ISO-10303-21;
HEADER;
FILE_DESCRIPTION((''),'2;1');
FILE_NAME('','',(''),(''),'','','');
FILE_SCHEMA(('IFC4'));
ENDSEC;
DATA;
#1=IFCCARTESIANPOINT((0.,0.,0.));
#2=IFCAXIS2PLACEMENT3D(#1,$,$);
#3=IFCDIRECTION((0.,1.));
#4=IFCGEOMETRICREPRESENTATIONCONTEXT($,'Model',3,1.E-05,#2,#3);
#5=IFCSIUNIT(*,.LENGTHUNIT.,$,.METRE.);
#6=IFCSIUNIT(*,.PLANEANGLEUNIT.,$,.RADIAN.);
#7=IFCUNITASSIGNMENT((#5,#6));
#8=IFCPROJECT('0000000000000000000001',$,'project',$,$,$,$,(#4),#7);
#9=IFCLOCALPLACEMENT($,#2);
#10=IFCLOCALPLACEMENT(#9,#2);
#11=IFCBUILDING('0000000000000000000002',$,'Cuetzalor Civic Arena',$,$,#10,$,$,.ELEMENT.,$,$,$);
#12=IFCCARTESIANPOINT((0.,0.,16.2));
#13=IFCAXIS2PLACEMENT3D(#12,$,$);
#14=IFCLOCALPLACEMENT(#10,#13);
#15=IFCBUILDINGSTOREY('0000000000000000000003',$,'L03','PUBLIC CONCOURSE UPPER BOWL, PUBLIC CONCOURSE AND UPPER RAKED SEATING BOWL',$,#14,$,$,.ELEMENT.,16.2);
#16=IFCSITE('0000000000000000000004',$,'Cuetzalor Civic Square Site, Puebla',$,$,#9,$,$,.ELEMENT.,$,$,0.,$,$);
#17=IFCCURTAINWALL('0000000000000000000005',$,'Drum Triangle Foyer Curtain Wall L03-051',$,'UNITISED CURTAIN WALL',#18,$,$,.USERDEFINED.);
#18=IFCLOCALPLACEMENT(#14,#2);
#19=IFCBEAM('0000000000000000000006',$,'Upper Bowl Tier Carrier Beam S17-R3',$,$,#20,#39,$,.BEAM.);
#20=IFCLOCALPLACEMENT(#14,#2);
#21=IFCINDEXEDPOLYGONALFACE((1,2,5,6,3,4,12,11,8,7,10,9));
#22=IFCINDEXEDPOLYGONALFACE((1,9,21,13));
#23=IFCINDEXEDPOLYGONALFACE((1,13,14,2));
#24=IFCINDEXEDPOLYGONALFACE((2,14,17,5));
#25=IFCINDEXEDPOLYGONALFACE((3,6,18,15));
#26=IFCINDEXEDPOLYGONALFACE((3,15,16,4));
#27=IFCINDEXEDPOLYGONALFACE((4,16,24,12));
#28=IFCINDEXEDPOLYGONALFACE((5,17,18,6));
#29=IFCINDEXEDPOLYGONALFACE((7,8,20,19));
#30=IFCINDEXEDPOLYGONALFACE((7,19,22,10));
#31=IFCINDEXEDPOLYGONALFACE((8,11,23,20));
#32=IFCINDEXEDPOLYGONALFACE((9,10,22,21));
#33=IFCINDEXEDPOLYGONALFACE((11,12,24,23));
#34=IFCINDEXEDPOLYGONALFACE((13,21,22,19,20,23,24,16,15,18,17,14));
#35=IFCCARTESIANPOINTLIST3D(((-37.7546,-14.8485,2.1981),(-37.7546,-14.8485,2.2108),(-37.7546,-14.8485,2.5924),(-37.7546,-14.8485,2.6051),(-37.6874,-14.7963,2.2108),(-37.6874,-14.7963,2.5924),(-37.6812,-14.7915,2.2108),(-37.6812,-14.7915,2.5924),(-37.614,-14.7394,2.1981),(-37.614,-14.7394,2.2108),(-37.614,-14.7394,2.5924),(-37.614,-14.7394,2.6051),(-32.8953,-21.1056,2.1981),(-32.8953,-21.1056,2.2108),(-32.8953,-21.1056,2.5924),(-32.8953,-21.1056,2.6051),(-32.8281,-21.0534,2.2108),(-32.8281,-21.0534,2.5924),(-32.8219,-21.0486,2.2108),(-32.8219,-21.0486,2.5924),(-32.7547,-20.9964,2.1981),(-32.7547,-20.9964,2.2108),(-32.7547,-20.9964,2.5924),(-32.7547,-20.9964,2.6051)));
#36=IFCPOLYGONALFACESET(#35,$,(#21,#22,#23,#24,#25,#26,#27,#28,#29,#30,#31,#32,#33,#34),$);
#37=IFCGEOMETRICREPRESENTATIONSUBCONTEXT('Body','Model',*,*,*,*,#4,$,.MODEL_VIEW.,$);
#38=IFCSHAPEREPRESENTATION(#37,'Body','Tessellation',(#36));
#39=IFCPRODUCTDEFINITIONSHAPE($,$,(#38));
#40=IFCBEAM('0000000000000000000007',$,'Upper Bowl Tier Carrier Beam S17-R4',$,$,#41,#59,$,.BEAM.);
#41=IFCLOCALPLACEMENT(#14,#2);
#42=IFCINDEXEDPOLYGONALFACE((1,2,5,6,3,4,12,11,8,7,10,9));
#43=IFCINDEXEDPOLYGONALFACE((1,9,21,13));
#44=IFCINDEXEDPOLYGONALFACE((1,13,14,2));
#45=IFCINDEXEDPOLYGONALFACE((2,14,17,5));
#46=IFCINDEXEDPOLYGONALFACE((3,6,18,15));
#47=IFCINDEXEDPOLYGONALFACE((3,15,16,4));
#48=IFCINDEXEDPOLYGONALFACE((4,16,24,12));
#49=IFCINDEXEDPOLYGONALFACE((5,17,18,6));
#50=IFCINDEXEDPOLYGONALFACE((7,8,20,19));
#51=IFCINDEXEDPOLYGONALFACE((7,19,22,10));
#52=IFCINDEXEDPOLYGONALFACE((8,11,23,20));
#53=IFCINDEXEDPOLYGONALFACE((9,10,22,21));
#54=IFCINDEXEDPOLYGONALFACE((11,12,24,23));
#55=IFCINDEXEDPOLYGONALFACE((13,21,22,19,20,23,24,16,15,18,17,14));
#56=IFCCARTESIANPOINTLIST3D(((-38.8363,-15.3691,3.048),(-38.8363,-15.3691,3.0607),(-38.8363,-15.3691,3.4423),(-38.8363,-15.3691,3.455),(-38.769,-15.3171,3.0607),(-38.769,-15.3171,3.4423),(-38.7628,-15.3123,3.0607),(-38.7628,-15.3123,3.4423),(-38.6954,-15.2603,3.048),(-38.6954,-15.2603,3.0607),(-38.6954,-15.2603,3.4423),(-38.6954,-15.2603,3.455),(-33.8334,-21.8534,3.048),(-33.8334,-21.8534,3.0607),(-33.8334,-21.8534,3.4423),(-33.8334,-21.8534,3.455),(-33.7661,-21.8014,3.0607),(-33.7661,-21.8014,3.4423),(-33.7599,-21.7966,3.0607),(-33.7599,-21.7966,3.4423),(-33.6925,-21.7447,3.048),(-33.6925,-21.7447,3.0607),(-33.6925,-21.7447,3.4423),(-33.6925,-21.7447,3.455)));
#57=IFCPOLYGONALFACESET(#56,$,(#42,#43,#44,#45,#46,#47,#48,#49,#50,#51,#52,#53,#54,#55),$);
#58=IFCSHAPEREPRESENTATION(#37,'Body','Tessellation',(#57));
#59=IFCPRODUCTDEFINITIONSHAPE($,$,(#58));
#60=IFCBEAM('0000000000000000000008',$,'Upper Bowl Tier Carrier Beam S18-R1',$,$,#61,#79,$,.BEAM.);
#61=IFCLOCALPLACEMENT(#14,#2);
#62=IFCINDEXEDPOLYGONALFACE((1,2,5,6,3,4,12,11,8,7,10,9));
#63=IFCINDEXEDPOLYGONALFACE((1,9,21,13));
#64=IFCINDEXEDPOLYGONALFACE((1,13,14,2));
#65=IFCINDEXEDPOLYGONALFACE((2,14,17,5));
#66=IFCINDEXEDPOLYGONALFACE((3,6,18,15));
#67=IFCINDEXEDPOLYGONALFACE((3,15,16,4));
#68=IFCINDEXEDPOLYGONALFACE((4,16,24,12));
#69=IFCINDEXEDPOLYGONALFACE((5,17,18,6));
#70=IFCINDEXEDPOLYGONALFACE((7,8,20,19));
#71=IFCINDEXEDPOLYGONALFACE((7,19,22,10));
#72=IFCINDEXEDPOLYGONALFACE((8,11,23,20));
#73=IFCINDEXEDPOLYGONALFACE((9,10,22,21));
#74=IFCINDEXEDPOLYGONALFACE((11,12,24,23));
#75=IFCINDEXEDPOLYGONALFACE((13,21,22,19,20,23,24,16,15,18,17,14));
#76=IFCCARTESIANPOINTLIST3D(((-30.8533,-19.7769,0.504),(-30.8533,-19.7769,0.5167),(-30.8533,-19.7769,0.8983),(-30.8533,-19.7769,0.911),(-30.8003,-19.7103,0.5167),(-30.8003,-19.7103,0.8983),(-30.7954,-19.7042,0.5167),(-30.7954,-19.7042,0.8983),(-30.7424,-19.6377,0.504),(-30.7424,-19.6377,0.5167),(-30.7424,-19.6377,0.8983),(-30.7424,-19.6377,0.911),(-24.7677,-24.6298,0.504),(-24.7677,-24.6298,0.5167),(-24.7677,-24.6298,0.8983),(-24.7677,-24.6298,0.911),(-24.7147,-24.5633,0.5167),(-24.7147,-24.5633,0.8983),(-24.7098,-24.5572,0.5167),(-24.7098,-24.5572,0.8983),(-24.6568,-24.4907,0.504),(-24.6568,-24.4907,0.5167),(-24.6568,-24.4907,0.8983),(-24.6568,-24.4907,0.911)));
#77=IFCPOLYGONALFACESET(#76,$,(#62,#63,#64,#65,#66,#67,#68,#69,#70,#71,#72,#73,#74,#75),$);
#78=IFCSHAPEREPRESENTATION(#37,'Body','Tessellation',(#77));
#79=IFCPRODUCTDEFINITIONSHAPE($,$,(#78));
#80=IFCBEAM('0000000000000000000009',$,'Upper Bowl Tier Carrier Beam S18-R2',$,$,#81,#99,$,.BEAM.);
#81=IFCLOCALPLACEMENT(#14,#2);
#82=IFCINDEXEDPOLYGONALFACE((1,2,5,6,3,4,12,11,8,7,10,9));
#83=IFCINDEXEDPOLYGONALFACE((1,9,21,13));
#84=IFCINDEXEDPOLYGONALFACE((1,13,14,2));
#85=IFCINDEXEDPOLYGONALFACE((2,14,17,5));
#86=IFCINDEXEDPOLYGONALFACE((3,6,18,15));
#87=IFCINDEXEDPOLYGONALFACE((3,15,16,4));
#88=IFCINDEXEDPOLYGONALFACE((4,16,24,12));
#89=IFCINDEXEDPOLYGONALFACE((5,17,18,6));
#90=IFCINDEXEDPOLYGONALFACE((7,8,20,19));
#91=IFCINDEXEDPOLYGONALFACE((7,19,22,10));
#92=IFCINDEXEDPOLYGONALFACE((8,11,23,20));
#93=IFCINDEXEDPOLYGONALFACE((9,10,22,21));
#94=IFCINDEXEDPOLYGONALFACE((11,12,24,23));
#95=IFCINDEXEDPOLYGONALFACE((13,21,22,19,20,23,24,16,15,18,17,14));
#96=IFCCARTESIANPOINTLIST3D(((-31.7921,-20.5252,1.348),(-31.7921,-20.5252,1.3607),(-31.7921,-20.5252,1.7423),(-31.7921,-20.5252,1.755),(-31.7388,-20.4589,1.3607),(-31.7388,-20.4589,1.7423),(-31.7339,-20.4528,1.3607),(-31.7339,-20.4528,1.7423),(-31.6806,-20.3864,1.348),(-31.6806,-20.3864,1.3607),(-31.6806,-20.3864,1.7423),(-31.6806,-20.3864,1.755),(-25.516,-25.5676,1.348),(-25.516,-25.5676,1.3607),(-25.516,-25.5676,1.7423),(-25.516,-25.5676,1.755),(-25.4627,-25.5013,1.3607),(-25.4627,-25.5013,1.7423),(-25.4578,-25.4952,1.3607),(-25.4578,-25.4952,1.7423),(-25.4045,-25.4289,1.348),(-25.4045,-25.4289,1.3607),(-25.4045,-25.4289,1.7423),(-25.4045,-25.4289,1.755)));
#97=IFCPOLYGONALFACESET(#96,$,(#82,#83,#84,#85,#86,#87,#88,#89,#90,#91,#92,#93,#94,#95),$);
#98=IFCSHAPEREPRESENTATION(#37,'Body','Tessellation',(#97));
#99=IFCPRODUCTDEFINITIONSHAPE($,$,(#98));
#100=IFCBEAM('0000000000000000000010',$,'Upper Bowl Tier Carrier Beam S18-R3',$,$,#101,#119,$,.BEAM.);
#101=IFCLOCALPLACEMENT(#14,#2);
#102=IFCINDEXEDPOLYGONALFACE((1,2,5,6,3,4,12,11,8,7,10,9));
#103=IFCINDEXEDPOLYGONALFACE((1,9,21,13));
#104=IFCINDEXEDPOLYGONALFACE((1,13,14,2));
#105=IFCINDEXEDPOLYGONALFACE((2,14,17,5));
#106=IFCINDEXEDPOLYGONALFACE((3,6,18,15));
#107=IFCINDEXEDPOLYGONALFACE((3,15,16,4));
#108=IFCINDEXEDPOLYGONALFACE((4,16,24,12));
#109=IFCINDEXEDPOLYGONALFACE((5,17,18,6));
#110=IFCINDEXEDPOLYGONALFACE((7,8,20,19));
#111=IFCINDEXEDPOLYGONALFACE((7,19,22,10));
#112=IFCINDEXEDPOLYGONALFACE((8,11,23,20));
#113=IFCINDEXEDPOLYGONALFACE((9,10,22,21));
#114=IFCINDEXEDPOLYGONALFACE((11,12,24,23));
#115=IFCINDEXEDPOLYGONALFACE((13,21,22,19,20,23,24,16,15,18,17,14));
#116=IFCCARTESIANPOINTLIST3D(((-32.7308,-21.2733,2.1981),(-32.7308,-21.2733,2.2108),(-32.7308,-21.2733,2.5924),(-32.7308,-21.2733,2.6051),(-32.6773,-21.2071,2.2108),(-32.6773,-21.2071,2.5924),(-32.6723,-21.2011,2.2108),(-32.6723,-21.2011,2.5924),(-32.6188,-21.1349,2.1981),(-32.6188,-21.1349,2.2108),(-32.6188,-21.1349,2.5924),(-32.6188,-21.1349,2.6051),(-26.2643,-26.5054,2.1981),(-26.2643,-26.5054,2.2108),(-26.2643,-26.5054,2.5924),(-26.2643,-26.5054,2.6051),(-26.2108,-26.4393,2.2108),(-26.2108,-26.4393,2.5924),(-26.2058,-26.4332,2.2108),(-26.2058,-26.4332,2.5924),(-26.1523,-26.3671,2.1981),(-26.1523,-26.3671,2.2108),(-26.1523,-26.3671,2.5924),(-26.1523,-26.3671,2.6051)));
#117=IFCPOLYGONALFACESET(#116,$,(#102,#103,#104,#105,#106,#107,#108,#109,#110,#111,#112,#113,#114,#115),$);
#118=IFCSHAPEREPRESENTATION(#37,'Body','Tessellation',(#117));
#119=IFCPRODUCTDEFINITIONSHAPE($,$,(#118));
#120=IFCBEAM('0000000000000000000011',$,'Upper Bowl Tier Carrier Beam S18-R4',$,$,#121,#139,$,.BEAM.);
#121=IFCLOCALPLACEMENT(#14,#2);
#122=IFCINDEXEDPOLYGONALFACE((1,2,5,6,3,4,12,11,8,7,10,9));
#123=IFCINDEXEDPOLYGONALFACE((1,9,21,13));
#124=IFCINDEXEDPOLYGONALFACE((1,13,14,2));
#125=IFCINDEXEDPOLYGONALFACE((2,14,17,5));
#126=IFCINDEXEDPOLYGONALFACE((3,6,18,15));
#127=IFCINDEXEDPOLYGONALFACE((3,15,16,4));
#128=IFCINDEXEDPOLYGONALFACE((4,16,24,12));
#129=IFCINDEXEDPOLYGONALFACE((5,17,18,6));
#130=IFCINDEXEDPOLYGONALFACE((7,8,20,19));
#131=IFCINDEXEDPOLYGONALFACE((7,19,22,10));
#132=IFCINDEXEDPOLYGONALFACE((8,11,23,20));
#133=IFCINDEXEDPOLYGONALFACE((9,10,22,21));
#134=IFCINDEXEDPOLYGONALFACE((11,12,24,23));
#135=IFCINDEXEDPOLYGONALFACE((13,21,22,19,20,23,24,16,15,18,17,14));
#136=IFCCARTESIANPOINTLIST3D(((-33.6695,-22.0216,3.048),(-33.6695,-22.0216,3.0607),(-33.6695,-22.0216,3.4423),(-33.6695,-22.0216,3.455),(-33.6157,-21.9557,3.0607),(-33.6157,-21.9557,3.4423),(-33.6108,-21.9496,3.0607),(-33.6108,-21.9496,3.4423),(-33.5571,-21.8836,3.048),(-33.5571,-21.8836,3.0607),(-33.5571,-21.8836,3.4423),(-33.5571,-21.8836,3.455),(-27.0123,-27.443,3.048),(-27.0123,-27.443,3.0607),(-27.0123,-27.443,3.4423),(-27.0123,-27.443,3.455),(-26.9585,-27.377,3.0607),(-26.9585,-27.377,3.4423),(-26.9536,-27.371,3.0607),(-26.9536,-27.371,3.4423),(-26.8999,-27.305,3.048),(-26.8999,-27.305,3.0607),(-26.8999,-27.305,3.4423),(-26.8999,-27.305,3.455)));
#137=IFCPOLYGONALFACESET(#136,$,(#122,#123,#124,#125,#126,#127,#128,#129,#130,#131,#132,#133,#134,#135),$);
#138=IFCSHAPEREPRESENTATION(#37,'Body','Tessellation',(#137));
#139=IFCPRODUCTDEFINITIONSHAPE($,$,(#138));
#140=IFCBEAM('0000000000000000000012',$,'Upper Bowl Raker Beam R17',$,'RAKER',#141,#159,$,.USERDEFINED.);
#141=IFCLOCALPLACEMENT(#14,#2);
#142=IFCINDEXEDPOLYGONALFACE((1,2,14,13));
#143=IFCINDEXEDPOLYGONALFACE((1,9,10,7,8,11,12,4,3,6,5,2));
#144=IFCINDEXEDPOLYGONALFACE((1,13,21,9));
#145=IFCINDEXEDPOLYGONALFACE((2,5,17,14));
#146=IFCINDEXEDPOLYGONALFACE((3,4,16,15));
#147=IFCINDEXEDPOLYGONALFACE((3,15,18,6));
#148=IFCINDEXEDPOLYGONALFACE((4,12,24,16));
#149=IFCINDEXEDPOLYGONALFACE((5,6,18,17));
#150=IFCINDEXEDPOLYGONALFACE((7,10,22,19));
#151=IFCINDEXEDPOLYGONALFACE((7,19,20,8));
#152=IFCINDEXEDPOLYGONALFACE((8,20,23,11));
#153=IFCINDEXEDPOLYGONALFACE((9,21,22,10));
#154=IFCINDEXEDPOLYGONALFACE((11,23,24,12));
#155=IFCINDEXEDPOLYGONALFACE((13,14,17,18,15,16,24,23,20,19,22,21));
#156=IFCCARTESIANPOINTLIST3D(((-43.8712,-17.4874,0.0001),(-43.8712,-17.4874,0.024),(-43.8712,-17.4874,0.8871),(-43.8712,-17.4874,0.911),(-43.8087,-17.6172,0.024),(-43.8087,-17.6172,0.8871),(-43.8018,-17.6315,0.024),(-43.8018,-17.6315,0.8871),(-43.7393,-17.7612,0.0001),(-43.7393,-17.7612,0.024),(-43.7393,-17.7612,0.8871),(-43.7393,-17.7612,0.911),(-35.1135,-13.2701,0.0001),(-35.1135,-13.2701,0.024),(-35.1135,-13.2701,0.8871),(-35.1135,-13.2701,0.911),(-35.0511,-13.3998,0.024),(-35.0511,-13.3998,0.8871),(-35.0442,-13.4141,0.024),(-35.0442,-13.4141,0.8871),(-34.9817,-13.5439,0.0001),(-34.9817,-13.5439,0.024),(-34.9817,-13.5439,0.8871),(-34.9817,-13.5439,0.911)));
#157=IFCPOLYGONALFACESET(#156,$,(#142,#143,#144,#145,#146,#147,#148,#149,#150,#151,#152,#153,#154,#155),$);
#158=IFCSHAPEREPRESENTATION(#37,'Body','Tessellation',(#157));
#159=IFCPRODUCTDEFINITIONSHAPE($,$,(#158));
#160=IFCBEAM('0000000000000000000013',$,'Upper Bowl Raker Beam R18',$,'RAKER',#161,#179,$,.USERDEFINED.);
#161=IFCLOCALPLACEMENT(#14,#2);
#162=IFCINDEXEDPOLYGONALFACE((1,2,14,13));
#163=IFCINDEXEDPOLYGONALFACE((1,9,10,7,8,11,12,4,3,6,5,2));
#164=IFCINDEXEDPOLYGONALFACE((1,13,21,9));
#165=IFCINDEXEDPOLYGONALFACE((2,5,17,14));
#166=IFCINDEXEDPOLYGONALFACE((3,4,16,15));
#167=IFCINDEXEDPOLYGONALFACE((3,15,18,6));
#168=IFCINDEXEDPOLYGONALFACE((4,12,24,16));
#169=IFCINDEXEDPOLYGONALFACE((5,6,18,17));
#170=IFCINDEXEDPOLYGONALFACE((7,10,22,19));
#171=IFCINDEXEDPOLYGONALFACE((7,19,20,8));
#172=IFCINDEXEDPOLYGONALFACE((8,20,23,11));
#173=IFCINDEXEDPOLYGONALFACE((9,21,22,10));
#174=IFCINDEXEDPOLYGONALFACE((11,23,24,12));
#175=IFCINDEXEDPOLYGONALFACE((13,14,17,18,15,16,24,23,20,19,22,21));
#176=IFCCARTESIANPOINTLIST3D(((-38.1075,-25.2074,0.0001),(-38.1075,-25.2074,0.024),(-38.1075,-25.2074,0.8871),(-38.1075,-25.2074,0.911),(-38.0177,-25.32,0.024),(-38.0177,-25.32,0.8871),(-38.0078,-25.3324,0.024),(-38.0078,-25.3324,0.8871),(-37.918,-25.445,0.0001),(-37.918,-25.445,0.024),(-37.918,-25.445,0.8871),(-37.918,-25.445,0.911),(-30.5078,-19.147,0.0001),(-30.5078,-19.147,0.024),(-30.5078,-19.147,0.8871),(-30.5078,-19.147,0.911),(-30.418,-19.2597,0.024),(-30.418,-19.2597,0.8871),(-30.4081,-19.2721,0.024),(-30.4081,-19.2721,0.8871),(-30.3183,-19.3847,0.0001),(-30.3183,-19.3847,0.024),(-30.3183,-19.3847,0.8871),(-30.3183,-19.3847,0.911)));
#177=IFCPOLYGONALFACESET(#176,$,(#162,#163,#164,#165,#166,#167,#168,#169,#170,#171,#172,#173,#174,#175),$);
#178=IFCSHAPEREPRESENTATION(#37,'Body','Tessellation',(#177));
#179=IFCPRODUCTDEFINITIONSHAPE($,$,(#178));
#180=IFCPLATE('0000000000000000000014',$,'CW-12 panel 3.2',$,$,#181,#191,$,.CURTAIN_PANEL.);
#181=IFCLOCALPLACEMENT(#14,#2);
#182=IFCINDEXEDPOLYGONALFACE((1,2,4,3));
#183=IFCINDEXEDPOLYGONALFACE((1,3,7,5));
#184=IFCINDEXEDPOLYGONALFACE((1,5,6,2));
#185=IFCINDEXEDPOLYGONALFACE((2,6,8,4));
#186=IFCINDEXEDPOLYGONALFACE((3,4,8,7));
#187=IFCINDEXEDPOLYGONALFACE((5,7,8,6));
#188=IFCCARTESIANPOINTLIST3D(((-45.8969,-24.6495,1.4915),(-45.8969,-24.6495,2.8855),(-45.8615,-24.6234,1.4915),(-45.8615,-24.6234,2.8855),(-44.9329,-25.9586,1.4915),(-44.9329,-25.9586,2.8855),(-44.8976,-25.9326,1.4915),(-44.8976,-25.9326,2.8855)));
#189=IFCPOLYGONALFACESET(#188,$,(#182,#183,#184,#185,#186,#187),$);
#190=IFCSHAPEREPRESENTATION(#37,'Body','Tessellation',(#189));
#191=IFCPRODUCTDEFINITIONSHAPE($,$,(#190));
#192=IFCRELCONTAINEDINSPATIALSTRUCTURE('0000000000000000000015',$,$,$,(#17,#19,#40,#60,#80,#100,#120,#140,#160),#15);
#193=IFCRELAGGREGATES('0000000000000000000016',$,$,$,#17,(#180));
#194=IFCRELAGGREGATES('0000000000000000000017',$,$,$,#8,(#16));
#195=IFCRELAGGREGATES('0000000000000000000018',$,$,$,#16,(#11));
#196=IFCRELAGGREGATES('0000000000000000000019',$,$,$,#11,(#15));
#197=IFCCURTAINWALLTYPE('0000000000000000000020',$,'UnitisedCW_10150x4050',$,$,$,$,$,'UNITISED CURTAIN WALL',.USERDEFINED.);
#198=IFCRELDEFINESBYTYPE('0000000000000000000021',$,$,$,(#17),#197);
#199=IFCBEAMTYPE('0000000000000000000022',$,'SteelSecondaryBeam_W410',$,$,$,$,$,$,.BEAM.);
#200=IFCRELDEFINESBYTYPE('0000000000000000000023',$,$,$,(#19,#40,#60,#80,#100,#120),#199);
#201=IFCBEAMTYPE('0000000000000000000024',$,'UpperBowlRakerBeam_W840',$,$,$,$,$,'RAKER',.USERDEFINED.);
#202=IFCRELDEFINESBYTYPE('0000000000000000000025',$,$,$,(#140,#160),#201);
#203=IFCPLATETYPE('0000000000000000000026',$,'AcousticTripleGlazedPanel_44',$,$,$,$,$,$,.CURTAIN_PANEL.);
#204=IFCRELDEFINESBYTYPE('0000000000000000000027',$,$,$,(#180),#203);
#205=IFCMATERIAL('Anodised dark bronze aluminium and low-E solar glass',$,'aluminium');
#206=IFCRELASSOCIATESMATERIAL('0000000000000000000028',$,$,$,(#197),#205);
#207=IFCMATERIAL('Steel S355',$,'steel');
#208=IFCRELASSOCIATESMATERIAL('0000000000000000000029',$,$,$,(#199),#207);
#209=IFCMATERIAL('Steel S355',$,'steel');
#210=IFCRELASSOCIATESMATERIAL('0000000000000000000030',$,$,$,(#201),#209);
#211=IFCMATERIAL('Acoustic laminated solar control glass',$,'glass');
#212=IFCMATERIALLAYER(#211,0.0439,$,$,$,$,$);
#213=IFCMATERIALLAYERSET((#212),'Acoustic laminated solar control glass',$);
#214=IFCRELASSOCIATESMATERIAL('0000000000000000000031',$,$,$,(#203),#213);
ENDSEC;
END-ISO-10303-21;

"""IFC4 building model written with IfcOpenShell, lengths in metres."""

from ifc_helpers import new_model, si_unit, direction, frame, origin, origin_2d, place, context, subcontext, project, spatial, rectangle, i_section, extrude, material, layer, layer_set, material_profile, profile_set, type_object, element, aggregate, save


model = new_model("IFC4")

# Units and contexts
model_context = context("Model", 3, precision=1e-05, world=origin(), true_north=direction((0.0, 1.0)))
body_context = subcontext(model_context, "Body", "Model", "MODEL_VIEW")
ifc_project = project(units=[si_unit("LENGTHUNIT", "METRE"), si_unit("PLANEANGLEUNIT", "RADIAN")], contexts=[model_context])

# Site, building, storey
site_placement = place(None, origin())
site = spatial("IfcSite", under=ifc_project, at=site_placement, Name="Cuetzalor Civic Square Site, Puebla", CompositionType="ELEMENT", RefElevation=0.0)
building_placement = place(site_placement, origin())
building = spatial("IfcBuilding", under=site, at=building_placement, Name="Cuetzalor Civic Arena", CompositionType="ELEMENT")
storey_placement = place(building_placement, frame((0.0, 0.0, 16.2)))
storey = spatial("IfcBuildingStorey", under=building, at=storey_placement, Name="L03", Description="PUBLIC CONCOURSE UPPER BOWL, PUBLIC CONCOURSE AND UPPER RAKED SEATING BOWL", CompositionType="ELEMENT", Elevation=16.2)

# Curtain wall
ifc_material_1 = material(Name="Anodised dark bronze aluminium and low-E solar glass", Category="aluminium")
curtain_wall_type = type_object("IfcCurtainWallType", Name="UnitisedCW_10150x4050", ElementType="UNITISED CURTAIN WALL", PredefinedType="USERDEFINED", material=ifc_material_1)
curtain_wall_placement = place(storey_placement, origin())
curtain_wall = element("IfcCurtainWall", 1, at=curtain_wall_placement, inside=storey, type_object=curtain_wall_type, Name="Drum Triangle Foyer Curtain Wall L03-051", ObjectType="UNITISED CURTAIN WALL", PredefinedType="USERDEFINED")

# Beams
ifc_material_2 = material(Name="Steel S355", Category="steel")
ifc_material_profile_1 = material_profile(ifc_material_2, i_section(OverallWidth=0.178, OverallDepth=0.407, WebThickness=0.0078, FlangeThickness=0.0127, at=origin_2d()), Name="W410x60")
ifc_profile_set_1 = profile_set([ifc_material_profile_1], Name="Steel S355")
beam_type_1 = type_object("IfcBeamType", Name="SteelSecondaryBeam_W410", PredefinedType="BEAM", material=ifc_profile_set_1)
beam_1_placement = place(storey_placement, frame((-37.6843, -14.7939, 2.4016), z_axis=(0.613371, -0.789795, 0.0), x_axis=(0.789795, 0.613371, 0.0)))
element("IfcBeam", 2, at=beam_1_placement, inside=storey, type_object=beam_type_1, Name="Upper Bowl Tier Carrier Beam S17-R3", PredefinedType="BEAM", context=body_context, shape_type="SweptSolid", body=[
    extrude(i_section(OverallWidth=0.178, OverallDepth=0.407, WebThickness=0.0078, FlangeThickness=0.0127, at=origin_2d()), origin(), (0.0, 0.0, 1.0), 7.9224),
])
beam_2_placement = place(storey_placement, frame((-38.7659, -15.3147, 3.2515), z_axis=(0.610857, -0.791741, 0.0), x_axis=(0.791741, 0.610857, 0.0)))
element("IfcBeam", 3, at=beam_2_placement, inside=storey, type_object=beam_type_1, Name="Upper Bowl Tier Carrier Beam S17-R4", PredefinedType="BEAM", context=body_context, shape_type="SweptSolid", body=[
    extrude(i_section(OverallWidth=0.178, OverallDepth=0.407, WebThickness=0.0078, FlangeThickness=0.0127, at=origin_2d()), origin(), (0.0, 0.0, 1.0), 8.1899),
])
beam_3_placement = place(storey_placement, frame((-30.7979, -19.7073, 0.7075), z_axis=(0.781841, -0.623478, 0.0), x_axis=(0.623478, 0.781841, 0.0)))
element("IfcBeam", 4, at=beam_3_placement, inside=storey, type_object=beam_type_1, Name="Upper Bowl Tier Carrier Beam S18-R1", PredefinedType="BEAM", context=body_context, shape_type="SweptSolid", body=[
    extrude(i_section(OverallWidth=0.178, OverallDepth=0.407, WebThickness=0.0078, FlangeThickness=0.0127, at=origin_2d()), origin(), (0.0, 0.0, 1.0), 7.7837),
])
beam_4_placement = place(storey_placement, frame((-31.7363, -20.4558, 1.5515), z_axis=(0.779559, -0.626328, 0.0), x_axis=(0.626328, 0.779559, 0.0)))
element("IfcBeam", 5, at=beam_4_placement, inside=storey, type_object=beam_type_1, Name="Upper Bowl Tier Carrier Beam S18-R2", PredefinedType="BEAM", context=body_context, shape_type="SweptSolid", body=[
    extrude(i_section(OverallWidth=0.178, OverallDepth=0.407, WebThickness=0.0078, FlangeThickness=0.0127, at=origin_2d()), origin(), (0.0, 0.0, 1.0), 8.0508),
])
beam_5_placement = place(storey_placement, frame((-32.6748, -21.2041, 2.4016), z_axis=(0.777401, -0.629006, 0.0), x_axis=(0.629006, 0.777401, 0.0)))
element("IfcBeam", 6, at=beam_5_placement, inside=storey, type_object=beam_type_1, Name="Upper Bowl Tier Carrier Beam S18-R3", PredefinedType="BEAM", context=body_context, shape_type="SweptSolid", body=[
    extrude(i_section(OverallWidth=0.178, OverallDepth=0.407, WebThickness=0.0078, FlangeThickness=0.0127, at=origin_2d()), origin(), (0.0, 0.0, 1.0), 8.3181),
])
beam_6_placement = place(storey_placement, frame((-33.6133, -21.9526, 3.2515), z_axis=(0.775407, -0.631462, 0.0), x_axis=(0.631462, 0.775407, 0.0)))
element("IfcBeam", 7, at=beam_6_placement, inside=storey, type_object=beam_type_1, Name="Upper Bowl Tier Carrier Beam S18-R4", PredefinedType="BEAM", context=body_context, shape_type="SweptSolid", body=[
    extrude(i_section(OverallWidth=0.178, OverallDepth=0.407, WebThickness=0.0078, FlangeThickness=0.0127, at=origin_2d()), origin(), (0.0, 0.0, 1.0), 8.5854),
])
ifc_material_3 = material(Name="Steel S355", Category="steel")
ifc_material_profile_2 = material_profile(ifc_material_3, i_section(OverallWidth=0.304, OverallDepth=0.9109, WebThickness=0.0159, FlangeThickness=0.0239, at=origin_2d()), Name="W920x223")
ifc_profile_set_2 = profile_set([ifc_material_profile_2], Name="Steel S355")
beam_type_2 = type_object("IfcBeamType", Name="UpperBowlRakerBeam_W840", ElementType="RAKER", PredefinedType="USERDEFINED", material=ifc_profile_set_2)
for number, where, z_axis, x_axis, name in (
    (8, (-35.0476, -13.407, 0.4556), (-0.900974, -0.433872, 0.0), (0.433872, -0.900974, 0.0), "Upper Bowl Raker Beam R17"),
    (9, (-30.4131, -19.2659, 0.4556), (-0.781841, -0.623478, 0.0), (0.623478, -0.781841, 0.0), "Upper Bowl Raker Beam R18"),
):
    element("IfcBeam", number, at=place(storey_placement, frame(where, z_axis=z_axis, x_axis=x_axis)), inside=storey, type_object=beam_type_2, Name=name, ObjectType="RAKER", PredefinedType="USERDEFINED", context=body_context, shape_type="SweptSolid", body=[
        extrude(i_section(OverallWidth=0.304, OverallDepth=0.9109, WebThickness=0.0159, FlangeThickness=0.0239, at=origin_2d()), origin(), (0.0, 0.0, 1.0), 9.7202),
    ])

# Plate
ifc_material_4 = material(Name="Acoustic laminated solar control glass", Category="glass")
ifc_layer_1 = layer(ifc_material_4, 0.0439)
ifc_layer_set_1 = layer_set([ifc_layer_1], Name="Acoustic laminated solar control glass")
plate_type = type_object("IfcPlateType", Name="AcousticTripleGlazedPanel_44", PredefinedType="CURTAIN_PANEL", material=ifc_layer_set_1)
plate_1_placement = place(storey_placement, frame((-45.3972, -25.291, 1.4915), z_axis=(0.0, 0.0, 1.0), x_axis=(-0.592929, 0.805255, 0.0)))
plate_1 = element("IfcPlate", 10, at=plate_1_placement, type_object=plate_type, Name="CW-12 panel 3.2", PredefinedType="CURTAIN_PANEL", context=body_context, shape_type="SweptSolid", body=[
    extrude(rectangle(XDim=1.6257, YDim=0.0439, at=origin_2d()), origin(), (0.0, 0.0, 1.0), 1.394),
])
aggregate(curtain_wall, [plate_1])

save(model, "model.ifc")
